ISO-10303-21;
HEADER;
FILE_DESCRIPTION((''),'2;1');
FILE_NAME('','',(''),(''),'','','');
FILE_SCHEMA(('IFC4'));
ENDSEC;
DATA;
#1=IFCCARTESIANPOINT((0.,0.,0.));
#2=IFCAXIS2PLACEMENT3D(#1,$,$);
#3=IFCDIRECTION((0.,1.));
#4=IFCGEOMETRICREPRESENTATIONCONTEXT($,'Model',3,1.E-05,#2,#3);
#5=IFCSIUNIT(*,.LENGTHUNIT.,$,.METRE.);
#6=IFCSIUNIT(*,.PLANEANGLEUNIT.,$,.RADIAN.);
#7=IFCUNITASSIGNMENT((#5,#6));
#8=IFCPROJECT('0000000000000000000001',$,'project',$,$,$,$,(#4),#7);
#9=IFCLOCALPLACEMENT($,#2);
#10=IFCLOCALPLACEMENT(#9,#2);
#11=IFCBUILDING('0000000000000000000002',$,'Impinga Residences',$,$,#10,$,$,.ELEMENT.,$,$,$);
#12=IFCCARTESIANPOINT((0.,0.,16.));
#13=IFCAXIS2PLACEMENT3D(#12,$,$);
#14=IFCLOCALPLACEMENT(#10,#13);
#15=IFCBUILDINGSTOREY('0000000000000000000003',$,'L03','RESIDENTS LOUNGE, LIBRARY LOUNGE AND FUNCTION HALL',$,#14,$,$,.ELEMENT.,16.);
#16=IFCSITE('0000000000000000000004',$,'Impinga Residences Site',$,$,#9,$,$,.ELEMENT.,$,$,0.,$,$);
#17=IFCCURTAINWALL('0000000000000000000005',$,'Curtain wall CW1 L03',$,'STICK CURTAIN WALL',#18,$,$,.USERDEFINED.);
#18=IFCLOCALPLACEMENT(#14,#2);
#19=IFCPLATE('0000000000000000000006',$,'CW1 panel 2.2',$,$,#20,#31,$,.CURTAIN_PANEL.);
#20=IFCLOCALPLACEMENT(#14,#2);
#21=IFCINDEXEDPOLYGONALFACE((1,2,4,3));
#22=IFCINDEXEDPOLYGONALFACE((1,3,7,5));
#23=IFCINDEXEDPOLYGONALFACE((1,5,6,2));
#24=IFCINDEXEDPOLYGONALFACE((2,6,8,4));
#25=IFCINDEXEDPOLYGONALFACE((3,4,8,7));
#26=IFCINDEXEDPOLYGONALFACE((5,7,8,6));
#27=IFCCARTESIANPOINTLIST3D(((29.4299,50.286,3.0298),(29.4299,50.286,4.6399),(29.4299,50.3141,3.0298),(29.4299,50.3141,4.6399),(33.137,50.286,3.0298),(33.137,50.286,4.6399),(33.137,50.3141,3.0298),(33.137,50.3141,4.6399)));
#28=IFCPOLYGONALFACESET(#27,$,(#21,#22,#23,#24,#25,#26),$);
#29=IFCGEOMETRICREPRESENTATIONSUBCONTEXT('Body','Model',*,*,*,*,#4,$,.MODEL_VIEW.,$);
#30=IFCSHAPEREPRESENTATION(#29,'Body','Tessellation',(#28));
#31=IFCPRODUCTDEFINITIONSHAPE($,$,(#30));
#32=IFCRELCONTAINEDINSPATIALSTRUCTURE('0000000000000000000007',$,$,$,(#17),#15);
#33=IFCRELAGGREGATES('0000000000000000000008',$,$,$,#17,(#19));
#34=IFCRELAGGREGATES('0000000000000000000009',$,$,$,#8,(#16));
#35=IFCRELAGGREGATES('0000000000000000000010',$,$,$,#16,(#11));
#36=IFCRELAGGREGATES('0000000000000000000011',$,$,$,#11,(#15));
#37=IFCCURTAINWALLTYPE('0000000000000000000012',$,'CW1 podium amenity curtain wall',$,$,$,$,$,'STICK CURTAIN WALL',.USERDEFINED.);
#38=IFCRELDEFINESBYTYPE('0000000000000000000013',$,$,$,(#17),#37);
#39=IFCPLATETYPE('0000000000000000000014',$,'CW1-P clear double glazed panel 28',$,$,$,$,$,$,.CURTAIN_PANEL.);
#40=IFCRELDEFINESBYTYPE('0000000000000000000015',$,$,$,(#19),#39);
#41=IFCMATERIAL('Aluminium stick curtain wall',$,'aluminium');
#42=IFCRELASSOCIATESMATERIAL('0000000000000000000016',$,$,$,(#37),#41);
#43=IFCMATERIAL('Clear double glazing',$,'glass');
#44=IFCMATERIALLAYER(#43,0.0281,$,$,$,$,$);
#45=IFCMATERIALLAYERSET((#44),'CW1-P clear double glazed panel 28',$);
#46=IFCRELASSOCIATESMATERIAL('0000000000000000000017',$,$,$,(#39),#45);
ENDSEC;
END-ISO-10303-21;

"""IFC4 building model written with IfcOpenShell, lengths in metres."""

from ifc_helpers import new_model, si_unit, direction, frame, origin, origin_2d, place, context, subcontext, project, spatial, rectangle, extrude, material, layer, layer_set, type_object, element, aggregate, save


model = new_model("IFC4")

# Units and contexts
model_context = context("Model", 3, precision=1e-05, world=origin(), true_north=direction((0.0, 1.0)))
body_context = subcontext(model_context, "Body", "Model", "MODEL_VIEW")
ifc_project = project(units=[si_unit("LENGTHUNIT", "METRE"), si_unit("PLANEANGLEUNIT", "RADIAN")], contexts=[model_context])

# Site, building, storey
site_placement = place(None, origin())
site = spatial("IfcSite", under=ifc_project, at=site_placement, Name="Impinga Residences Site", CompositionType="ELEMENT", RefElevation=0.0)
building_placement = place(site_placement, origin())
building = spatial("IfcBuilding", under=site, at=building_placement, Name="Impinga Residences", CompositionType="ELEMENT")
storey_placement = place(building_placement, frame((0.0, 0.0, 16.0)))
storey = spatial("IfcBuildingStorey", under=building, at=storey_placement, Name="L03", Description="RESIDENTS LOUNGE, LIBRARY LOUNGE AND FUNCTION HALL", CompositionType="ELEMENT", Elevation=16.0)

# Curtain wall
ifc_material_1 = material(Name="Aluminium stick curtain wall", Category="aluminium")
curtain_wall_type = type_object("IfcCurtainWallType", Name="CW1 podium amenity curtain wall", ElementType="STICK CURTAIN WALL", PredefinedType="USERDEFINED", material=ifc_material_1)
curtain_wall_1_placement = place(storey_placement, origin())
curtain_wall_1 = element("IfcCurtainWall", 1, at=curtain_wall_1_placement, inside=storey, type_object=curtain_wall_type, Name="Curtain wall CW1 L03", ObjectType="STICK CURTAIN WALL", PredefinedType="USERDEFINED")

# Plate
ifc_material_2 = material(Name="Clear double glazing", Category="glass")
ifc_layer = layer(ifc_material_2, 0.0281)
ifc_layer_set = layer_set([ifc_layer], Name="CW1-P clear double glazed panel 28")
plate_type = type_object("IfcPlateType", Name="CW1-P clear double glazed panel 28", PredefinedType="CURTAIN_PANEL", material=ifc_layer_set)
plate_1_placement = place(storey_placement, frame((31.2834, 50.3, 3.0298), z_axis=(0.0, 0.0, 1.0), x_axis=(1.0, 0.0, 0.0)))
plate_1 = element("IfcPlate", 2, at=plate_1_placement, type_object=plate_type, Name="CW1 panel 2.2", PredefinedType="CURTAIN_PANEL", context=body_context, shape_type="SweptSolid", body=[
    extrude(rectangle(XDim=3.707, YDim=0.0281, at=origin_2d()), origin(), (0.0, 0.0, 1.0), 1.6101),
])
aggregate(curtain_wall_1, [plate_1])

save(model, "model.ifc")
